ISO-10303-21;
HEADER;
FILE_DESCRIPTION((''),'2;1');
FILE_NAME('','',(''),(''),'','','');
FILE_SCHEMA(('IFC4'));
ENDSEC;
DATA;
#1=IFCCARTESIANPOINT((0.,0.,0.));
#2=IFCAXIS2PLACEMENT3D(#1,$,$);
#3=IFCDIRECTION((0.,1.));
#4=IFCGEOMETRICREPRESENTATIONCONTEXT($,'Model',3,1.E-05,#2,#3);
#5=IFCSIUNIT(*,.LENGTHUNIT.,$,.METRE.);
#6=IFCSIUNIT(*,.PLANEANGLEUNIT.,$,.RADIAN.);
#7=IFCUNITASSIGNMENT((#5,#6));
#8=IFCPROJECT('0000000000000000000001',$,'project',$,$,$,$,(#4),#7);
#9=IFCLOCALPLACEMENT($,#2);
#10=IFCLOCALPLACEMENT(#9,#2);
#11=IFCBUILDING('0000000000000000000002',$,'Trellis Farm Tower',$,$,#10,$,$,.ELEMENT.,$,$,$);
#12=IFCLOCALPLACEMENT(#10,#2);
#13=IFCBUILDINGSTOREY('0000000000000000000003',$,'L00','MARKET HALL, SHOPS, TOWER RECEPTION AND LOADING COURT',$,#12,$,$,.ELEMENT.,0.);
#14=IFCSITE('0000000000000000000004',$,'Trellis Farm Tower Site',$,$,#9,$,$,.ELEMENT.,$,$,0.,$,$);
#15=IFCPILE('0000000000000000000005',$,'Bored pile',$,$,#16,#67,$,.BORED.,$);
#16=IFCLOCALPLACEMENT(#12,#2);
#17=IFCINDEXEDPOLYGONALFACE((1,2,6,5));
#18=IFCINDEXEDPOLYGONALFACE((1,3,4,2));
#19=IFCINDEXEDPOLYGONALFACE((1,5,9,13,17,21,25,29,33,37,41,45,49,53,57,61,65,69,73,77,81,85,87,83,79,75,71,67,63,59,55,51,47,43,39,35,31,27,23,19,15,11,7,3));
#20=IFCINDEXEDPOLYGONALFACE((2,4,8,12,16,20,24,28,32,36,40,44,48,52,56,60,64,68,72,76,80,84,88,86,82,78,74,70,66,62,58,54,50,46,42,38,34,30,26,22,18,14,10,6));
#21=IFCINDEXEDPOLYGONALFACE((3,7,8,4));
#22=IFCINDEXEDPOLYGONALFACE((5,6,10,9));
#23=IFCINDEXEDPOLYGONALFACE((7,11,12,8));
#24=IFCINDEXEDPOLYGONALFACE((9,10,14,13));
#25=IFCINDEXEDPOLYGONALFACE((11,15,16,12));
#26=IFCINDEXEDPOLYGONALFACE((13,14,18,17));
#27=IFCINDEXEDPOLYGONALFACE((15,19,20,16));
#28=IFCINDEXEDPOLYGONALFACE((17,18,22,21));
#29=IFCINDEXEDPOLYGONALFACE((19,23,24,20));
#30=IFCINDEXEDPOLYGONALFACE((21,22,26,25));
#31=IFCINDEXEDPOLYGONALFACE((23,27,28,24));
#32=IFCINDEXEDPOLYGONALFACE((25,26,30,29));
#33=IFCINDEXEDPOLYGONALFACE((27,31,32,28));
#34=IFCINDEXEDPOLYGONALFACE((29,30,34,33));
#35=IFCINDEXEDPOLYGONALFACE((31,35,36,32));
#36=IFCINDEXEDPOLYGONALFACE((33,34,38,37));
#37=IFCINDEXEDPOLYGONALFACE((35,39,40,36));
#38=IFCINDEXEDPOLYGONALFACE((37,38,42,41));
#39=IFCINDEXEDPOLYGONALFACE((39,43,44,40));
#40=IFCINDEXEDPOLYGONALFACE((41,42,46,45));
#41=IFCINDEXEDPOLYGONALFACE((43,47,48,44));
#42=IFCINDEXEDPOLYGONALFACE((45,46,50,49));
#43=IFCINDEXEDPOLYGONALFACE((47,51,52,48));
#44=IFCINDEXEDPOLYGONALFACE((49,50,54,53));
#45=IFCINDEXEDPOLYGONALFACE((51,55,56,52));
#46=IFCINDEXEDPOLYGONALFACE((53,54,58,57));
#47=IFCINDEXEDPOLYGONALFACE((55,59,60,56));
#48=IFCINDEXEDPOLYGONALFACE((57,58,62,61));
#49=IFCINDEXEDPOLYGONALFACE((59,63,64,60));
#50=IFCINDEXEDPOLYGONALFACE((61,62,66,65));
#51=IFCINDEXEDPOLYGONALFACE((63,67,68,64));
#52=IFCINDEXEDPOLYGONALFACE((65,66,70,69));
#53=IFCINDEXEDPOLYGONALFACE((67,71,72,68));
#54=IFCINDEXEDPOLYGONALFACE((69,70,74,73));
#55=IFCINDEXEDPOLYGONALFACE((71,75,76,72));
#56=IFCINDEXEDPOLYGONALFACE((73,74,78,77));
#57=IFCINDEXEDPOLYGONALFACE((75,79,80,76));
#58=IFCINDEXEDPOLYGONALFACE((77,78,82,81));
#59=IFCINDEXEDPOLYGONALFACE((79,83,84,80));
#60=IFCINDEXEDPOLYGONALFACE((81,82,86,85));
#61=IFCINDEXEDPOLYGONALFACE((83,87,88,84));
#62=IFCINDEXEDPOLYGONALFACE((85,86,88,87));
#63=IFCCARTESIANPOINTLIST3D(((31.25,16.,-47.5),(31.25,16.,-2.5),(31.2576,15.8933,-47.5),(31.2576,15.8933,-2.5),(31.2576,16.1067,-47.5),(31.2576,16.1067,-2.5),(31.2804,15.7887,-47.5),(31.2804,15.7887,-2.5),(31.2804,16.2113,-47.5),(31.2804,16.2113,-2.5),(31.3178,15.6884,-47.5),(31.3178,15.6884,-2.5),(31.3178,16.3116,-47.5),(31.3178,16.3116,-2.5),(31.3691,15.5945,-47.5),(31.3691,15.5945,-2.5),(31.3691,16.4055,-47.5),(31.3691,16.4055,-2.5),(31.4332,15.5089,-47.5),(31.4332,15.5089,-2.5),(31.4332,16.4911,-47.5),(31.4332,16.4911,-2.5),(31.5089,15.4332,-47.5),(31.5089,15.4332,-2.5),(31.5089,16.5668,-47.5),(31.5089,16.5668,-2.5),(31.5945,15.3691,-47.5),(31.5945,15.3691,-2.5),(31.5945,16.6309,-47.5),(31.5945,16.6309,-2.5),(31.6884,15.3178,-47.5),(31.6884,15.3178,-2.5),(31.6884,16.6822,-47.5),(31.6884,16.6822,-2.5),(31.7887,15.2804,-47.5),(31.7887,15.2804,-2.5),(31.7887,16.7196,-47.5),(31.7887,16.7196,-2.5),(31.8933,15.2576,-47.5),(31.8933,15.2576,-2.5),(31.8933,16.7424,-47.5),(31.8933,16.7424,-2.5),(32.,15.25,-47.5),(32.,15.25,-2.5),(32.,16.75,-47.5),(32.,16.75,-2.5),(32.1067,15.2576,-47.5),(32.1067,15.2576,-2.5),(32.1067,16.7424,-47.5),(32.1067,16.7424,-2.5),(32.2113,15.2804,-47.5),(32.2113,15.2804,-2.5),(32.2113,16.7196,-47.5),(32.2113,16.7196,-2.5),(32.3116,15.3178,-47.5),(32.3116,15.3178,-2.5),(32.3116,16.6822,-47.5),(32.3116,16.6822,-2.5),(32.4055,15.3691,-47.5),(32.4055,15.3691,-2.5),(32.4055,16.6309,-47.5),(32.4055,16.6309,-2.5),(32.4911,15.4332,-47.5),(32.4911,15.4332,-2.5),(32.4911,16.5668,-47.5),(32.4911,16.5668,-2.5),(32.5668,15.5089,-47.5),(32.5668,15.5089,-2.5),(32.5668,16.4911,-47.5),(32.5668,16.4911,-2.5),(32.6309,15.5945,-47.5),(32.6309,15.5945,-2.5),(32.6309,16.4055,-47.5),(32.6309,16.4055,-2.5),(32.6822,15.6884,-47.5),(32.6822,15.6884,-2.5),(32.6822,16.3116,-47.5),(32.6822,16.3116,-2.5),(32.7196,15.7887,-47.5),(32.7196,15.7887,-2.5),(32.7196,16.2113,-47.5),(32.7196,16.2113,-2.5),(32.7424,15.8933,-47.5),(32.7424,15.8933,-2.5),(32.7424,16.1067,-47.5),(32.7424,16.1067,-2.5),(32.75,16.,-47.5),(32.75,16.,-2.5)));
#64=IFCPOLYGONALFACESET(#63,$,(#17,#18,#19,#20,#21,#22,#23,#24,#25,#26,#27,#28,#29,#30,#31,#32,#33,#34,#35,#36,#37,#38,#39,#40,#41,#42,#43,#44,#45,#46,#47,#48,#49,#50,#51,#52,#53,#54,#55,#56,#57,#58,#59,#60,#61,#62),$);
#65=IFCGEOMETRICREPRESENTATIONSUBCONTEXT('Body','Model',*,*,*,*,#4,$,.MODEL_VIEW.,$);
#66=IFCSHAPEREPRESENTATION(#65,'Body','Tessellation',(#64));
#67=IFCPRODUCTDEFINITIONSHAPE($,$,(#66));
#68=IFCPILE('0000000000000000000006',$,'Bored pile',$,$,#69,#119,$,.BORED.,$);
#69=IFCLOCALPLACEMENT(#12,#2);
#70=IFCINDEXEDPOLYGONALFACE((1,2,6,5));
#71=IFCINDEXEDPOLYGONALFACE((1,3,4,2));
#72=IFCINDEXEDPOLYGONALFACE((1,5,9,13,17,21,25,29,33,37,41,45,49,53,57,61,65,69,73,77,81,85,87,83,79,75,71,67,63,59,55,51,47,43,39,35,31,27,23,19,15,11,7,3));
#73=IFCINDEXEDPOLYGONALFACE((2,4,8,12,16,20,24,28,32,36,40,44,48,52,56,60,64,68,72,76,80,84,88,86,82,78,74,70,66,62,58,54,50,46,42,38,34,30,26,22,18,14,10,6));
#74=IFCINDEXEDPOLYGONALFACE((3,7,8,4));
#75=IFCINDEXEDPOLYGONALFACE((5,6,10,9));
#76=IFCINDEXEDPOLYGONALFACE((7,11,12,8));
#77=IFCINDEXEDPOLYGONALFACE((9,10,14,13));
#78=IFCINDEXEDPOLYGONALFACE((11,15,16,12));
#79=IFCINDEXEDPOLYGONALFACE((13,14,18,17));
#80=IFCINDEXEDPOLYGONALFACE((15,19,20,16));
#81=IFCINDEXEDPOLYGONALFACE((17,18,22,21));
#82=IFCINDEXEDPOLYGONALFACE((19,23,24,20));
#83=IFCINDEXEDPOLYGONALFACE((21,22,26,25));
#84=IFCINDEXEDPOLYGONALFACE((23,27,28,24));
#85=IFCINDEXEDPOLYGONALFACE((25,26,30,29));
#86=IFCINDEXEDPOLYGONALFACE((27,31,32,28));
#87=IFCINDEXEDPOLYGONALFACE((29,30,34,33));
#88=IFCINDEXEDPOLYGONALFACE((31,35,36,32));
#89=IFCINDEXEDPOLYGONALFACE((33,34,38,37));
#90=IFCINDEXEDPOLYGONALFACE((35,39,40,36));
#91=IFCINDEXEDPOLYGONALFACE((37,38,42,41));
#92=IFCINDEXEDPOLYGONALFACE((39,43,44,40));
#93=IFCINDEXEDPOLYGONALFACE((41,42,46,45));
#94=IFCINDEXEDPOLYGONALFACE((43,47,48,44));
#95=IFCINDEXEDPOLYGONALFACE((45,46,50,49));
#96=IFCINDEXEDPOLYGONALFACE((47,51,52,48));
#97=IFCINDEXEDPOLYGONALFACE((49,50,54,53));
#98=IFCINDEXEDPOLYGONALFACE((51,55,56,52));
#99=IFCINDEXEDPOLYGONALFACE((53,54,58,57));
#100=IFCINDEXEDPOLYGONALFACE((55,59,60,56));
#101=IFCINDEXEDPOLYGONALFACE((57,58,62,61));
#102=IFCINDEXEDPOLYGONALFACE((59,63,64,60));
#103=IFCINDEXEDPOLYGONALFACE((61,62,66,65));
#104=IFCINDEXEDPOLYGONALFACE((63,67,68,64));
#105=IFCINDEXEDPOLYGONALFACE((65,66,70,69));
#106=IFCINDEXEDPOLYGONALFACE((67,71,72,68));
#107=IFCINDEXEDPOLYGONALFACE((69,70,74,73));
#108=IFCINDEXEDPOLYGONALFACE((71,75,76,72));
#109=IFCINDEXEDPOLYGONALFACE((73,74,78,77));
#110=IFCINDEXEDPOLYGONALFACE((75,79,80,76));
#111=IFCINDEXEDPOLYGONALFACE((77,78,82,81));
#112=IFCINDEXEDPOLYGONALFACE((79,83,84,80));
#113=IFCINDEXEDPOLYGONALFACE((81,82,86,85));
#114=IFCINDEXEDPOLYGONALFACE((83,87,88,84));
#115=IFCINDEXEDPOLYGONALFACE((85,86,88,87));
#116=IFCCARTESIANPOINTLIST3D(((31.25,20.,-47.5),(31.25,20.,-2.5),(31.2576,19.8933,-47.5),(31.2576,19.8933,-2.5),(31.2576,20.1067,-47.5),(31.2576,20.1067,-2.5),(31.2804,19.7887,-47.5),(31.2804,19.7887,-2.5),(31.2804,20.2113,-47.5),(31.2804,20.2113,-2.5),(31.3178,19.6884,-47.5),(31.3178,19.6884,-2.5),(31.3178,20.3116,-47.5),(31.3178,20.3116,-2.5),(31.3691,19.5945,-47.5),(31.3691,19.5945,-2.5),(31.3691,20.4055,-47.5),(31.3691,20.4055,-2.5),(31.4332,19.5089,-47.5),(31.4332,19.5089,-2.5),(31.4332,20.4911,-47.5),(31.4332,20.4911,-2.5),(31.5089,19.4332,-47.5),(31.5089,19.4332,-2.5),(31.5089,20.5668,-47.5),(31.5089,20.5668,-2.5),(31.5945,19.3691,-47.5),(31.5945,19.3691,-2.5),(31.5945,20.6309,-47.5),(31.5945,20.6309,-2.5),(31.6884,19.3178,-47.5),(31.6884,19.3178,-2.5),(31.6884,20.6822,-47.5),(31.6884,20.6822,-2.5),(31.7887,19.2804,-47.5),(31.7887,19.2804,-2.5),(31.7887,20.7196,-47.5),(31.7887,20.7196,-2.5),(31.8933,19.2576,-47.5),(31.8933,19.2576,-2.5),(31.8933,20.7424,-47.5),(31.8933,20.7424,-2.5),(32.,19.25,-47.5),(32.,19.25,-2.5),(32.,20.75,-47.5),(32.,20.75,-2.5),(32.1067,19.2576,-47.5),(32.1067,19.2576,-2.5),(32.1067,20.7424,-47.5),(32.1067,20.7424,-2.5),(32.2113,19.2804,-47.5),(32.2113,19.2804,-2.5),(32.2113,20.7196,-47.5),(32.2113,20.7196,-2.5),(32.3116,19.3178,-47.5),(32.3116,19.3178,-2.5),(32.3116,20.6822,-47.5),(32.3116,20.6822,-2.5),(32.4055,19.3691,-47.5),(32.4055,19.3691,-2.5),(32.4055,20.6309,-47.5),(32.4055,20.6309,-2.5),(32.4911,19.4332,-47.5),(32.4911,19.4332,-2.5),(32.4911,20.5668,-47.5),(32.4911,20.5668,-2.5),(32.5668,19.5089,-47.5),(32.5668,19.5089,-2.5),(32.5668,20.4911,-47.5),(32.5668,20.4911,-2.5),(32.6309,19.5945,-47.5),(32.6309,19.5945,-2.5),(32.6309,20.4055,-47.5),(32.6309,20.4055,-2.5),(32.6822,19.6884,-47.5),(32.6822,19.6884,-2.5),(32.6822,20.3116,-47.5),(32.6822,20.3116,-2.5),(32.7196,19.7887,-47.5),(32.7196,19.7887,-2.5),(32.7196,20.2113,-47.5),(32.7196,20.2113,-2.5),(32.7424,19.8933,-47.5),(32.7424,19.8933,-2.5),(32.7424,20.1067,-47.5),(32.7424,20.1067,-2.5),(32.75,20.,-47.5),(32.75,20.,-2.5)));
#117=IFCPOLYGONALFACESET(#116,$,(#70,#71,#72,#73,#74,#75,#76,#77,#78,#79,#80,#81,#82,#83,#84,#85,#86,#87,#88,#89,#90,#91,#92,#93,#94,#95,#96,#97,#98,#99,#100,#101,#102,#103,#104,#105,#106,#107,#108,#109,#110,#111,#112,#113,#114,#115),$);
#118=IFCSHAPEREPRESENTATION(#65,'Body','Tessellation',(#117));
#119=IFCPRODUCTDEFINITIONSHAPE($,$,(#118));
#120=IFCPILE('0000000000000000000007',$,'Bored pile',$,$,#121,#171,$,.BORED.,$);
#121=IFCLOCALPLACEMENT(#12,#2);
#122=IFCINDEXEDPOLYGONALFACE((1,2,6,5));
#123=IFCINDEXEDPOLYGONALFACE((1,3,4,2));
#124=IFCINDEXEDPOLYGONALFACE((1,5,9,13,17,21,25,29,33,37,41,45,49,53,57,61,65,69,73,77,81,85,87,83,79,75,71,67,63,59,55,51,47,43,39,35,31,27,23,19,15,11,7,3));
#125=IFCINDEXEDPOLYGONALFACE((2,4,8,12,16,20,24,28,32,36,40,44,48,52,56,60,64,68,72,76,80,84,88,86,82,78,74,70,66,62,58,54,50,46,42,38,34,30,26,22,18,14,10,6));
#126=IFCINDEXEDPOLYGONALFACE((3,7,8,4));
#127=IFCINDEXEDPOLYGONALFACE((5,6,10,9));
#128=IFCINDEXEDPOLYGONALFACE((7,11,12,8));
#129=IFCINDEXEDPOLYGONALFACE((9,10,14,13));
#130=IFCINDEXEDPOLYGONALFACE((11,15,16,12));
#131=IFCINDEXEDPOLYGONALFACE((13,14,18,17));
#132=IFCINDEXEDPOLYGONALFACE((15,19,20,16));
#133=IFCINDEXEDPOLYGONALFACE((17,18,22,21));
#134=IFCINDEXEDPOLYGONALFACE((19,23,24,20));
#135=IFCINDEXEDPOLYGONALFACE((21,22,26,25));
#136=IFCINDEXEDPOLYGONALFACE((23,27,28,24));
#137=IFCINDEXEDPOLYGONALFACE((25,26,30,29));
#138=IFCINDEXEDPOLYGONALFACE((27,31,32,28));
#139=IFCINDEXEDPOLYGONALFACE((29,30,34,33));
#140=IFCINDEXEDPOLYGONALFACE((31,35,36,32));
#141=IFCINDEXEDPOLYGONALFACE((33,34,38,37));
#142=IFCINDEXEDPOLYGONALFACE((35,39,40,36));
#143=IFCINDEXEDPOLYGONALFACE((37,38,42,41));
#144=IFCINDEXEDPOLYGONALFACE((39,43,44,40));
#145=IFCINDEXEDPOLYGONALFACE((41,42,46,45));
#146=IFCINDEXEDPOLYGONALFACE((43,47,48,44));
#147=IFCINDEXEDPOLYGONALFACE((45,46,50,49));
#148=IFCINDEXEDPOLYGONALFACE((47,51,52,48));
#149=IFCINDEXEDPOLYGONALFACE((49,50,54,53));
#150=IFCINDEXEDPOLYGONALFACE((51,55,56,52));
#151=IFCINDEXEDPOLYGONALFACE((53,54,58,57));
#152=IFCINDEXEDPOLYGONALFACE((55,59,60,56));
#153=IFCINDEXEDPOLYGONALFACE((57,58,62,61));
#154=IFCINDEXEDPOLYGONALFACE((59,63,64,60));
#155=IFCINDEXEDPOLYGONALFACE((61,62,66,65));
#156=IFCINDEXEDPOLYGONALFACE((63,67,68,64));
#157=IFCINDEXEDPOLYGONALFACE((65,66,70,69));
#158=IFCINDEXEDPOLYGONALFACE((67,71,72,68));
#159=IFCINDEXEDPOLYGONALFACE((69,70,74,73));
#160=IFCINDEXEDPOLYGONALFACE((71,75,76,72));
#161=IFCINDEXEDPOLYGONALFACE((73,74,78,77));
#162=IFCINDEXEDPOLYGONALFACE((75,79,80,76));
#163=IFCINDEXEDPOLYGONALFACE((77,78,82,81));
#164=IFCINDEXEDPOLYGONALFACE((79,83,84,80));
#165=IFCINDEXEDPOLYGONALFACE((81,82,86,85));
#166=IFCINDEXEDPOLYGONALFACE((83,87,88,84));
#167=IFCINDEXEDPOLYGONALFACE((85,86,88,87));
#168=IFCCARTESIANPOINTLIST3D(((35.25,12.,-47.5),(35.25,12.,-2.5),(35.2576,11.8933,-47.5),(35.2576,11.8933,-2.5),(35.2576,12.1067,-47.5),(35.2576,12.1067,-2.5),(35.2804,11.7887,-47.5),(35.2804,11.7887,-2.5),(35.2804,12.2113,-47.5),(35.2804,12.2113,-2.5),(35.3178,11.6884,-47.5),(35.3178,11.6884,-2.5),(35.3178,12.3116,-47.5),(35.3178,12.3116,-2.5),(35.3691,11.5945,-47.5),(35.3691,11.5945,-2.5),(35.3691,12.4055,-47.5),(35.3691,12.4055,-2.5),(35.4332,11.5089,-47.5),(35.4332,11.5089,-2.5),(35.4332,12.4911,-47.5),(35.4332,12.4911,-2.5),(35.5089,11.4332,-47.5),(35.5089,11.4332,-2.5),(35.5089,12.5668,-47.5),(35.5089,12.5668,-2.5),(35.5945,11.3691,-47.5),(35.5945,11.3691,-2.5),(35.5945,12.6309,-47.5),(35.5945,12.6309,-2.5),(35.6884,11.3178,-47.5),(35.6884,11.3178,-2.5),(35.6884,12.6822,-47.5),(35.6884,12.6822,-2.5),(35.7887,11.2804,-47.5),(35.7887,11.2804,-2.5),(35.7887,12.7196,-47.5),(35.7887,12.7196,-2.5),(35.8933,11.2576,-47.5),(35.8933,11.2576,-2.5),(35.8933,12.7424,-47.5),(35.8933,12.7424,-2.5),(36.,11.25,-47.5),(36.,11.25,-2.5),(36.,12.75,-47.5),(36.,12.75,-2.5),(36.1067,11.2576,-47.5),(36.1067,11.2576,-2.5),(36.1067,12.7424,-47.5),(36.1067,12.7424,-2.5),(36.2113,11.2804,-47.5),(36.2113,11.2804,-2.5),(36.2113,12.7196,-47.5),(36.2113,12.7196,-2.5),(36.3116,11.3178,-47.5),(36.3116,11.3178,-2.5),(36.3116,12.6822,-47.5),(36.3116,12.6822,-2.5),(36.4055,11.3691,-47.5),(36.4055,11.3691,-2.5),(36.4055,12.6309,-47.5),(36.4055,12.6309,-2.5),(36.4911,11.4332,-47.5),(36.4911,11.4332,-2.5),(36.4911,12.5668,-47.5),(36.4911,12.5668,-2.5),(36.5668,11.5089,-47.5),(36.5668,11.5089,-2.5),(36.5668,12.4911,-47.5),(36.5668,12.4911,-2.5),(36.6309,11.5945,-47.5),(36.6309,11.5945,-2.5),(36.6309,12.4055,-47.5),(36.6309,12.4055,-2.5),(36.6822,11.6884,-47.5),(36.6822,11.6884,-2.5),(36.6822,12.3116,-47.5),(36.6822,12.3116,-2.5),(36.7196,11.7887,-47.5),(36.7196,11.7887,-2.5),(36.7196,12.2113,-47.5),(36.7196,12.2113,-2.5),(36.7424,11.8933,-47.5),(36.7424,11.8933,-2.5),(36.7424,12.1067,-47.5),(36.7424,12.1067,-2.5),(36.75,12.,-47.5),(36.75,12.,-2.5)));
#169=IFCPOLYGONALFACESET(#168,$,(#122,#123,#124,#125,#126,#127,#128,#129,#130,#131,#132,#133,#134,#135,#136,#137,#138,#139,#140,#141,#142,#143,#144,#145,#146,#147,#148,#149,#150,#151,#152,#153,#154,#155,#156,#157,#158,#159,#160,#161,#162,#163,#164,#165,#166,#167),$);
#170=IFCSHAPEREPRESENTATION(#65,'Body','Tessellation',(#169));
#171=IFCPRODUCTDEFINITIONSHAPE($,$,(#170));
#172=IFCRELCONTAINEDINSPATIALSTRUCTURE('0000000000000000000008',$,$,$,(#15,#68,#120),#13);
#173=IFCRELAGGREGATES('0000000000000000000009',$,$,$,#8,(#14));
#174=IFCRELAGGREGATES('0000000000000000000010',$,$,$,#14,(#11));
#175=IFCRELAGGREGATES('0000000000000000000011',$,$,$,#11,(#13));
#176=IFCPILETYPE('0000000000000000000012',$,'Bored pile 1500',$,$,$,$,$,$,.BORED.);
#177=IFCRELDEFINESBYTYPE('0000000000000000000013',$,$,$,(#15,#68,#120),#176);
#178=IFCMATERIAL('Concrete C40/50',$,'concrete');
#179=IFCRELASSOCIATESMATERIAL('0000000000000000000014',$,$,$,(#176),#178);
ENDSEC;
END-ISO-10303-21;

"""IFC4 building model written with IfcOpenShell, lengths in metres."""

from ifc_helpers import new_model, si_unit, direction, frame, origin, origin_2d, place, context, subcontext, project, spatial, circle, extrude, source, transform, mapped, material, material_profile, profile_set, type_object, element, save


model = new_model("IFC4")

# Units and contexts
model_context = context("Model", 3, precision=1e-05, world=origin(), true_north=direction((0.0, 1.0)))
body_context = subcontext(model_context, "Body", "Model", "MODEL_VIEW")
ifc_project = project(units=[si_unit("LENGTHUNIT", "METRE"), si_unit("PLANEANGLEUNIT", "RADIAN")], contexts=[model_context])

# Site, building, storey
site_placement = place(None, origin())
site = spatial("IfcSite", under=ifc_project, at=site_placement, Name="Trellis Farm Tower Site", CompositionType="ELEMENT", RefElevation=0.0)
building_placement = place(site_placement, origin())
building = spatial("IfcBuilding", under=site, at=building_placement, Name="Trellis Farm Tower", CompositionType="ELEMENT")
storey_placement = place(building_placement, origin())
storey = spatial("IfcBuildingStorey", under=building, at=storey_placement, Name="L00", Description="MARKET HALL, SHOPS, TOWER RECEPTION AND LOADING COURT", CompositionType="ELEMENT", Elevation=0.0)

# Piles
ifc_material_1 = material(Name="Concrete C40/50", Category="concrete")
ifc_material_profile_1 = material_profile(ifc_material_1, circle(Radius=0.75, at=origin_2d()), Name="Bored pile 1500")
ifc_profile_set_1 = profile_set([ifc_material_profile_1], Name="Concrete C40/50")
pile_type = type_object("IfcPileType", Name="Bored pile 1500", PredefinedType="BORED", material=ifc_profile_set_1)
shared_shape_1 = source(origin(), body_context, "Body", "SweptSolid", [
    extrude(circle(Radius=0.75, at=origin_2d()), origin(), (0.0, 0.0, 1.0), 45.0),
])
for number, where, z_axis, x_axis, name in (
    (1, (32.0, 16.0, -2.5), (0.0, 0.0, -1.0), (1.0, 0.0, 0.0), "Bored pile"),
    (2, (32.0, 20.0, -2.5), (0.0, 0.0, -1.0), (1.0, 0.0, 0.0), "Bored pile"),
    (3, (36.0, 12.0, -2.5), (0.0, 0.0, -1.0), (1.0, 0.0, 0.0), "Bored pile"),
):
    element("IfcPile", number, at=place(storey_placement, frame(where, z_axis=z_axis, x_axis=x_axis)), inside=storey, type_object=pile_type, Name=name, PredefinedType="BORED", context=body_context, shape_type="MappedRepresentation", body=[
        mapped(shared_shape_1, transform((0.0, 0.0, 0.0))),
    ])

save(model, "model.ifc")
